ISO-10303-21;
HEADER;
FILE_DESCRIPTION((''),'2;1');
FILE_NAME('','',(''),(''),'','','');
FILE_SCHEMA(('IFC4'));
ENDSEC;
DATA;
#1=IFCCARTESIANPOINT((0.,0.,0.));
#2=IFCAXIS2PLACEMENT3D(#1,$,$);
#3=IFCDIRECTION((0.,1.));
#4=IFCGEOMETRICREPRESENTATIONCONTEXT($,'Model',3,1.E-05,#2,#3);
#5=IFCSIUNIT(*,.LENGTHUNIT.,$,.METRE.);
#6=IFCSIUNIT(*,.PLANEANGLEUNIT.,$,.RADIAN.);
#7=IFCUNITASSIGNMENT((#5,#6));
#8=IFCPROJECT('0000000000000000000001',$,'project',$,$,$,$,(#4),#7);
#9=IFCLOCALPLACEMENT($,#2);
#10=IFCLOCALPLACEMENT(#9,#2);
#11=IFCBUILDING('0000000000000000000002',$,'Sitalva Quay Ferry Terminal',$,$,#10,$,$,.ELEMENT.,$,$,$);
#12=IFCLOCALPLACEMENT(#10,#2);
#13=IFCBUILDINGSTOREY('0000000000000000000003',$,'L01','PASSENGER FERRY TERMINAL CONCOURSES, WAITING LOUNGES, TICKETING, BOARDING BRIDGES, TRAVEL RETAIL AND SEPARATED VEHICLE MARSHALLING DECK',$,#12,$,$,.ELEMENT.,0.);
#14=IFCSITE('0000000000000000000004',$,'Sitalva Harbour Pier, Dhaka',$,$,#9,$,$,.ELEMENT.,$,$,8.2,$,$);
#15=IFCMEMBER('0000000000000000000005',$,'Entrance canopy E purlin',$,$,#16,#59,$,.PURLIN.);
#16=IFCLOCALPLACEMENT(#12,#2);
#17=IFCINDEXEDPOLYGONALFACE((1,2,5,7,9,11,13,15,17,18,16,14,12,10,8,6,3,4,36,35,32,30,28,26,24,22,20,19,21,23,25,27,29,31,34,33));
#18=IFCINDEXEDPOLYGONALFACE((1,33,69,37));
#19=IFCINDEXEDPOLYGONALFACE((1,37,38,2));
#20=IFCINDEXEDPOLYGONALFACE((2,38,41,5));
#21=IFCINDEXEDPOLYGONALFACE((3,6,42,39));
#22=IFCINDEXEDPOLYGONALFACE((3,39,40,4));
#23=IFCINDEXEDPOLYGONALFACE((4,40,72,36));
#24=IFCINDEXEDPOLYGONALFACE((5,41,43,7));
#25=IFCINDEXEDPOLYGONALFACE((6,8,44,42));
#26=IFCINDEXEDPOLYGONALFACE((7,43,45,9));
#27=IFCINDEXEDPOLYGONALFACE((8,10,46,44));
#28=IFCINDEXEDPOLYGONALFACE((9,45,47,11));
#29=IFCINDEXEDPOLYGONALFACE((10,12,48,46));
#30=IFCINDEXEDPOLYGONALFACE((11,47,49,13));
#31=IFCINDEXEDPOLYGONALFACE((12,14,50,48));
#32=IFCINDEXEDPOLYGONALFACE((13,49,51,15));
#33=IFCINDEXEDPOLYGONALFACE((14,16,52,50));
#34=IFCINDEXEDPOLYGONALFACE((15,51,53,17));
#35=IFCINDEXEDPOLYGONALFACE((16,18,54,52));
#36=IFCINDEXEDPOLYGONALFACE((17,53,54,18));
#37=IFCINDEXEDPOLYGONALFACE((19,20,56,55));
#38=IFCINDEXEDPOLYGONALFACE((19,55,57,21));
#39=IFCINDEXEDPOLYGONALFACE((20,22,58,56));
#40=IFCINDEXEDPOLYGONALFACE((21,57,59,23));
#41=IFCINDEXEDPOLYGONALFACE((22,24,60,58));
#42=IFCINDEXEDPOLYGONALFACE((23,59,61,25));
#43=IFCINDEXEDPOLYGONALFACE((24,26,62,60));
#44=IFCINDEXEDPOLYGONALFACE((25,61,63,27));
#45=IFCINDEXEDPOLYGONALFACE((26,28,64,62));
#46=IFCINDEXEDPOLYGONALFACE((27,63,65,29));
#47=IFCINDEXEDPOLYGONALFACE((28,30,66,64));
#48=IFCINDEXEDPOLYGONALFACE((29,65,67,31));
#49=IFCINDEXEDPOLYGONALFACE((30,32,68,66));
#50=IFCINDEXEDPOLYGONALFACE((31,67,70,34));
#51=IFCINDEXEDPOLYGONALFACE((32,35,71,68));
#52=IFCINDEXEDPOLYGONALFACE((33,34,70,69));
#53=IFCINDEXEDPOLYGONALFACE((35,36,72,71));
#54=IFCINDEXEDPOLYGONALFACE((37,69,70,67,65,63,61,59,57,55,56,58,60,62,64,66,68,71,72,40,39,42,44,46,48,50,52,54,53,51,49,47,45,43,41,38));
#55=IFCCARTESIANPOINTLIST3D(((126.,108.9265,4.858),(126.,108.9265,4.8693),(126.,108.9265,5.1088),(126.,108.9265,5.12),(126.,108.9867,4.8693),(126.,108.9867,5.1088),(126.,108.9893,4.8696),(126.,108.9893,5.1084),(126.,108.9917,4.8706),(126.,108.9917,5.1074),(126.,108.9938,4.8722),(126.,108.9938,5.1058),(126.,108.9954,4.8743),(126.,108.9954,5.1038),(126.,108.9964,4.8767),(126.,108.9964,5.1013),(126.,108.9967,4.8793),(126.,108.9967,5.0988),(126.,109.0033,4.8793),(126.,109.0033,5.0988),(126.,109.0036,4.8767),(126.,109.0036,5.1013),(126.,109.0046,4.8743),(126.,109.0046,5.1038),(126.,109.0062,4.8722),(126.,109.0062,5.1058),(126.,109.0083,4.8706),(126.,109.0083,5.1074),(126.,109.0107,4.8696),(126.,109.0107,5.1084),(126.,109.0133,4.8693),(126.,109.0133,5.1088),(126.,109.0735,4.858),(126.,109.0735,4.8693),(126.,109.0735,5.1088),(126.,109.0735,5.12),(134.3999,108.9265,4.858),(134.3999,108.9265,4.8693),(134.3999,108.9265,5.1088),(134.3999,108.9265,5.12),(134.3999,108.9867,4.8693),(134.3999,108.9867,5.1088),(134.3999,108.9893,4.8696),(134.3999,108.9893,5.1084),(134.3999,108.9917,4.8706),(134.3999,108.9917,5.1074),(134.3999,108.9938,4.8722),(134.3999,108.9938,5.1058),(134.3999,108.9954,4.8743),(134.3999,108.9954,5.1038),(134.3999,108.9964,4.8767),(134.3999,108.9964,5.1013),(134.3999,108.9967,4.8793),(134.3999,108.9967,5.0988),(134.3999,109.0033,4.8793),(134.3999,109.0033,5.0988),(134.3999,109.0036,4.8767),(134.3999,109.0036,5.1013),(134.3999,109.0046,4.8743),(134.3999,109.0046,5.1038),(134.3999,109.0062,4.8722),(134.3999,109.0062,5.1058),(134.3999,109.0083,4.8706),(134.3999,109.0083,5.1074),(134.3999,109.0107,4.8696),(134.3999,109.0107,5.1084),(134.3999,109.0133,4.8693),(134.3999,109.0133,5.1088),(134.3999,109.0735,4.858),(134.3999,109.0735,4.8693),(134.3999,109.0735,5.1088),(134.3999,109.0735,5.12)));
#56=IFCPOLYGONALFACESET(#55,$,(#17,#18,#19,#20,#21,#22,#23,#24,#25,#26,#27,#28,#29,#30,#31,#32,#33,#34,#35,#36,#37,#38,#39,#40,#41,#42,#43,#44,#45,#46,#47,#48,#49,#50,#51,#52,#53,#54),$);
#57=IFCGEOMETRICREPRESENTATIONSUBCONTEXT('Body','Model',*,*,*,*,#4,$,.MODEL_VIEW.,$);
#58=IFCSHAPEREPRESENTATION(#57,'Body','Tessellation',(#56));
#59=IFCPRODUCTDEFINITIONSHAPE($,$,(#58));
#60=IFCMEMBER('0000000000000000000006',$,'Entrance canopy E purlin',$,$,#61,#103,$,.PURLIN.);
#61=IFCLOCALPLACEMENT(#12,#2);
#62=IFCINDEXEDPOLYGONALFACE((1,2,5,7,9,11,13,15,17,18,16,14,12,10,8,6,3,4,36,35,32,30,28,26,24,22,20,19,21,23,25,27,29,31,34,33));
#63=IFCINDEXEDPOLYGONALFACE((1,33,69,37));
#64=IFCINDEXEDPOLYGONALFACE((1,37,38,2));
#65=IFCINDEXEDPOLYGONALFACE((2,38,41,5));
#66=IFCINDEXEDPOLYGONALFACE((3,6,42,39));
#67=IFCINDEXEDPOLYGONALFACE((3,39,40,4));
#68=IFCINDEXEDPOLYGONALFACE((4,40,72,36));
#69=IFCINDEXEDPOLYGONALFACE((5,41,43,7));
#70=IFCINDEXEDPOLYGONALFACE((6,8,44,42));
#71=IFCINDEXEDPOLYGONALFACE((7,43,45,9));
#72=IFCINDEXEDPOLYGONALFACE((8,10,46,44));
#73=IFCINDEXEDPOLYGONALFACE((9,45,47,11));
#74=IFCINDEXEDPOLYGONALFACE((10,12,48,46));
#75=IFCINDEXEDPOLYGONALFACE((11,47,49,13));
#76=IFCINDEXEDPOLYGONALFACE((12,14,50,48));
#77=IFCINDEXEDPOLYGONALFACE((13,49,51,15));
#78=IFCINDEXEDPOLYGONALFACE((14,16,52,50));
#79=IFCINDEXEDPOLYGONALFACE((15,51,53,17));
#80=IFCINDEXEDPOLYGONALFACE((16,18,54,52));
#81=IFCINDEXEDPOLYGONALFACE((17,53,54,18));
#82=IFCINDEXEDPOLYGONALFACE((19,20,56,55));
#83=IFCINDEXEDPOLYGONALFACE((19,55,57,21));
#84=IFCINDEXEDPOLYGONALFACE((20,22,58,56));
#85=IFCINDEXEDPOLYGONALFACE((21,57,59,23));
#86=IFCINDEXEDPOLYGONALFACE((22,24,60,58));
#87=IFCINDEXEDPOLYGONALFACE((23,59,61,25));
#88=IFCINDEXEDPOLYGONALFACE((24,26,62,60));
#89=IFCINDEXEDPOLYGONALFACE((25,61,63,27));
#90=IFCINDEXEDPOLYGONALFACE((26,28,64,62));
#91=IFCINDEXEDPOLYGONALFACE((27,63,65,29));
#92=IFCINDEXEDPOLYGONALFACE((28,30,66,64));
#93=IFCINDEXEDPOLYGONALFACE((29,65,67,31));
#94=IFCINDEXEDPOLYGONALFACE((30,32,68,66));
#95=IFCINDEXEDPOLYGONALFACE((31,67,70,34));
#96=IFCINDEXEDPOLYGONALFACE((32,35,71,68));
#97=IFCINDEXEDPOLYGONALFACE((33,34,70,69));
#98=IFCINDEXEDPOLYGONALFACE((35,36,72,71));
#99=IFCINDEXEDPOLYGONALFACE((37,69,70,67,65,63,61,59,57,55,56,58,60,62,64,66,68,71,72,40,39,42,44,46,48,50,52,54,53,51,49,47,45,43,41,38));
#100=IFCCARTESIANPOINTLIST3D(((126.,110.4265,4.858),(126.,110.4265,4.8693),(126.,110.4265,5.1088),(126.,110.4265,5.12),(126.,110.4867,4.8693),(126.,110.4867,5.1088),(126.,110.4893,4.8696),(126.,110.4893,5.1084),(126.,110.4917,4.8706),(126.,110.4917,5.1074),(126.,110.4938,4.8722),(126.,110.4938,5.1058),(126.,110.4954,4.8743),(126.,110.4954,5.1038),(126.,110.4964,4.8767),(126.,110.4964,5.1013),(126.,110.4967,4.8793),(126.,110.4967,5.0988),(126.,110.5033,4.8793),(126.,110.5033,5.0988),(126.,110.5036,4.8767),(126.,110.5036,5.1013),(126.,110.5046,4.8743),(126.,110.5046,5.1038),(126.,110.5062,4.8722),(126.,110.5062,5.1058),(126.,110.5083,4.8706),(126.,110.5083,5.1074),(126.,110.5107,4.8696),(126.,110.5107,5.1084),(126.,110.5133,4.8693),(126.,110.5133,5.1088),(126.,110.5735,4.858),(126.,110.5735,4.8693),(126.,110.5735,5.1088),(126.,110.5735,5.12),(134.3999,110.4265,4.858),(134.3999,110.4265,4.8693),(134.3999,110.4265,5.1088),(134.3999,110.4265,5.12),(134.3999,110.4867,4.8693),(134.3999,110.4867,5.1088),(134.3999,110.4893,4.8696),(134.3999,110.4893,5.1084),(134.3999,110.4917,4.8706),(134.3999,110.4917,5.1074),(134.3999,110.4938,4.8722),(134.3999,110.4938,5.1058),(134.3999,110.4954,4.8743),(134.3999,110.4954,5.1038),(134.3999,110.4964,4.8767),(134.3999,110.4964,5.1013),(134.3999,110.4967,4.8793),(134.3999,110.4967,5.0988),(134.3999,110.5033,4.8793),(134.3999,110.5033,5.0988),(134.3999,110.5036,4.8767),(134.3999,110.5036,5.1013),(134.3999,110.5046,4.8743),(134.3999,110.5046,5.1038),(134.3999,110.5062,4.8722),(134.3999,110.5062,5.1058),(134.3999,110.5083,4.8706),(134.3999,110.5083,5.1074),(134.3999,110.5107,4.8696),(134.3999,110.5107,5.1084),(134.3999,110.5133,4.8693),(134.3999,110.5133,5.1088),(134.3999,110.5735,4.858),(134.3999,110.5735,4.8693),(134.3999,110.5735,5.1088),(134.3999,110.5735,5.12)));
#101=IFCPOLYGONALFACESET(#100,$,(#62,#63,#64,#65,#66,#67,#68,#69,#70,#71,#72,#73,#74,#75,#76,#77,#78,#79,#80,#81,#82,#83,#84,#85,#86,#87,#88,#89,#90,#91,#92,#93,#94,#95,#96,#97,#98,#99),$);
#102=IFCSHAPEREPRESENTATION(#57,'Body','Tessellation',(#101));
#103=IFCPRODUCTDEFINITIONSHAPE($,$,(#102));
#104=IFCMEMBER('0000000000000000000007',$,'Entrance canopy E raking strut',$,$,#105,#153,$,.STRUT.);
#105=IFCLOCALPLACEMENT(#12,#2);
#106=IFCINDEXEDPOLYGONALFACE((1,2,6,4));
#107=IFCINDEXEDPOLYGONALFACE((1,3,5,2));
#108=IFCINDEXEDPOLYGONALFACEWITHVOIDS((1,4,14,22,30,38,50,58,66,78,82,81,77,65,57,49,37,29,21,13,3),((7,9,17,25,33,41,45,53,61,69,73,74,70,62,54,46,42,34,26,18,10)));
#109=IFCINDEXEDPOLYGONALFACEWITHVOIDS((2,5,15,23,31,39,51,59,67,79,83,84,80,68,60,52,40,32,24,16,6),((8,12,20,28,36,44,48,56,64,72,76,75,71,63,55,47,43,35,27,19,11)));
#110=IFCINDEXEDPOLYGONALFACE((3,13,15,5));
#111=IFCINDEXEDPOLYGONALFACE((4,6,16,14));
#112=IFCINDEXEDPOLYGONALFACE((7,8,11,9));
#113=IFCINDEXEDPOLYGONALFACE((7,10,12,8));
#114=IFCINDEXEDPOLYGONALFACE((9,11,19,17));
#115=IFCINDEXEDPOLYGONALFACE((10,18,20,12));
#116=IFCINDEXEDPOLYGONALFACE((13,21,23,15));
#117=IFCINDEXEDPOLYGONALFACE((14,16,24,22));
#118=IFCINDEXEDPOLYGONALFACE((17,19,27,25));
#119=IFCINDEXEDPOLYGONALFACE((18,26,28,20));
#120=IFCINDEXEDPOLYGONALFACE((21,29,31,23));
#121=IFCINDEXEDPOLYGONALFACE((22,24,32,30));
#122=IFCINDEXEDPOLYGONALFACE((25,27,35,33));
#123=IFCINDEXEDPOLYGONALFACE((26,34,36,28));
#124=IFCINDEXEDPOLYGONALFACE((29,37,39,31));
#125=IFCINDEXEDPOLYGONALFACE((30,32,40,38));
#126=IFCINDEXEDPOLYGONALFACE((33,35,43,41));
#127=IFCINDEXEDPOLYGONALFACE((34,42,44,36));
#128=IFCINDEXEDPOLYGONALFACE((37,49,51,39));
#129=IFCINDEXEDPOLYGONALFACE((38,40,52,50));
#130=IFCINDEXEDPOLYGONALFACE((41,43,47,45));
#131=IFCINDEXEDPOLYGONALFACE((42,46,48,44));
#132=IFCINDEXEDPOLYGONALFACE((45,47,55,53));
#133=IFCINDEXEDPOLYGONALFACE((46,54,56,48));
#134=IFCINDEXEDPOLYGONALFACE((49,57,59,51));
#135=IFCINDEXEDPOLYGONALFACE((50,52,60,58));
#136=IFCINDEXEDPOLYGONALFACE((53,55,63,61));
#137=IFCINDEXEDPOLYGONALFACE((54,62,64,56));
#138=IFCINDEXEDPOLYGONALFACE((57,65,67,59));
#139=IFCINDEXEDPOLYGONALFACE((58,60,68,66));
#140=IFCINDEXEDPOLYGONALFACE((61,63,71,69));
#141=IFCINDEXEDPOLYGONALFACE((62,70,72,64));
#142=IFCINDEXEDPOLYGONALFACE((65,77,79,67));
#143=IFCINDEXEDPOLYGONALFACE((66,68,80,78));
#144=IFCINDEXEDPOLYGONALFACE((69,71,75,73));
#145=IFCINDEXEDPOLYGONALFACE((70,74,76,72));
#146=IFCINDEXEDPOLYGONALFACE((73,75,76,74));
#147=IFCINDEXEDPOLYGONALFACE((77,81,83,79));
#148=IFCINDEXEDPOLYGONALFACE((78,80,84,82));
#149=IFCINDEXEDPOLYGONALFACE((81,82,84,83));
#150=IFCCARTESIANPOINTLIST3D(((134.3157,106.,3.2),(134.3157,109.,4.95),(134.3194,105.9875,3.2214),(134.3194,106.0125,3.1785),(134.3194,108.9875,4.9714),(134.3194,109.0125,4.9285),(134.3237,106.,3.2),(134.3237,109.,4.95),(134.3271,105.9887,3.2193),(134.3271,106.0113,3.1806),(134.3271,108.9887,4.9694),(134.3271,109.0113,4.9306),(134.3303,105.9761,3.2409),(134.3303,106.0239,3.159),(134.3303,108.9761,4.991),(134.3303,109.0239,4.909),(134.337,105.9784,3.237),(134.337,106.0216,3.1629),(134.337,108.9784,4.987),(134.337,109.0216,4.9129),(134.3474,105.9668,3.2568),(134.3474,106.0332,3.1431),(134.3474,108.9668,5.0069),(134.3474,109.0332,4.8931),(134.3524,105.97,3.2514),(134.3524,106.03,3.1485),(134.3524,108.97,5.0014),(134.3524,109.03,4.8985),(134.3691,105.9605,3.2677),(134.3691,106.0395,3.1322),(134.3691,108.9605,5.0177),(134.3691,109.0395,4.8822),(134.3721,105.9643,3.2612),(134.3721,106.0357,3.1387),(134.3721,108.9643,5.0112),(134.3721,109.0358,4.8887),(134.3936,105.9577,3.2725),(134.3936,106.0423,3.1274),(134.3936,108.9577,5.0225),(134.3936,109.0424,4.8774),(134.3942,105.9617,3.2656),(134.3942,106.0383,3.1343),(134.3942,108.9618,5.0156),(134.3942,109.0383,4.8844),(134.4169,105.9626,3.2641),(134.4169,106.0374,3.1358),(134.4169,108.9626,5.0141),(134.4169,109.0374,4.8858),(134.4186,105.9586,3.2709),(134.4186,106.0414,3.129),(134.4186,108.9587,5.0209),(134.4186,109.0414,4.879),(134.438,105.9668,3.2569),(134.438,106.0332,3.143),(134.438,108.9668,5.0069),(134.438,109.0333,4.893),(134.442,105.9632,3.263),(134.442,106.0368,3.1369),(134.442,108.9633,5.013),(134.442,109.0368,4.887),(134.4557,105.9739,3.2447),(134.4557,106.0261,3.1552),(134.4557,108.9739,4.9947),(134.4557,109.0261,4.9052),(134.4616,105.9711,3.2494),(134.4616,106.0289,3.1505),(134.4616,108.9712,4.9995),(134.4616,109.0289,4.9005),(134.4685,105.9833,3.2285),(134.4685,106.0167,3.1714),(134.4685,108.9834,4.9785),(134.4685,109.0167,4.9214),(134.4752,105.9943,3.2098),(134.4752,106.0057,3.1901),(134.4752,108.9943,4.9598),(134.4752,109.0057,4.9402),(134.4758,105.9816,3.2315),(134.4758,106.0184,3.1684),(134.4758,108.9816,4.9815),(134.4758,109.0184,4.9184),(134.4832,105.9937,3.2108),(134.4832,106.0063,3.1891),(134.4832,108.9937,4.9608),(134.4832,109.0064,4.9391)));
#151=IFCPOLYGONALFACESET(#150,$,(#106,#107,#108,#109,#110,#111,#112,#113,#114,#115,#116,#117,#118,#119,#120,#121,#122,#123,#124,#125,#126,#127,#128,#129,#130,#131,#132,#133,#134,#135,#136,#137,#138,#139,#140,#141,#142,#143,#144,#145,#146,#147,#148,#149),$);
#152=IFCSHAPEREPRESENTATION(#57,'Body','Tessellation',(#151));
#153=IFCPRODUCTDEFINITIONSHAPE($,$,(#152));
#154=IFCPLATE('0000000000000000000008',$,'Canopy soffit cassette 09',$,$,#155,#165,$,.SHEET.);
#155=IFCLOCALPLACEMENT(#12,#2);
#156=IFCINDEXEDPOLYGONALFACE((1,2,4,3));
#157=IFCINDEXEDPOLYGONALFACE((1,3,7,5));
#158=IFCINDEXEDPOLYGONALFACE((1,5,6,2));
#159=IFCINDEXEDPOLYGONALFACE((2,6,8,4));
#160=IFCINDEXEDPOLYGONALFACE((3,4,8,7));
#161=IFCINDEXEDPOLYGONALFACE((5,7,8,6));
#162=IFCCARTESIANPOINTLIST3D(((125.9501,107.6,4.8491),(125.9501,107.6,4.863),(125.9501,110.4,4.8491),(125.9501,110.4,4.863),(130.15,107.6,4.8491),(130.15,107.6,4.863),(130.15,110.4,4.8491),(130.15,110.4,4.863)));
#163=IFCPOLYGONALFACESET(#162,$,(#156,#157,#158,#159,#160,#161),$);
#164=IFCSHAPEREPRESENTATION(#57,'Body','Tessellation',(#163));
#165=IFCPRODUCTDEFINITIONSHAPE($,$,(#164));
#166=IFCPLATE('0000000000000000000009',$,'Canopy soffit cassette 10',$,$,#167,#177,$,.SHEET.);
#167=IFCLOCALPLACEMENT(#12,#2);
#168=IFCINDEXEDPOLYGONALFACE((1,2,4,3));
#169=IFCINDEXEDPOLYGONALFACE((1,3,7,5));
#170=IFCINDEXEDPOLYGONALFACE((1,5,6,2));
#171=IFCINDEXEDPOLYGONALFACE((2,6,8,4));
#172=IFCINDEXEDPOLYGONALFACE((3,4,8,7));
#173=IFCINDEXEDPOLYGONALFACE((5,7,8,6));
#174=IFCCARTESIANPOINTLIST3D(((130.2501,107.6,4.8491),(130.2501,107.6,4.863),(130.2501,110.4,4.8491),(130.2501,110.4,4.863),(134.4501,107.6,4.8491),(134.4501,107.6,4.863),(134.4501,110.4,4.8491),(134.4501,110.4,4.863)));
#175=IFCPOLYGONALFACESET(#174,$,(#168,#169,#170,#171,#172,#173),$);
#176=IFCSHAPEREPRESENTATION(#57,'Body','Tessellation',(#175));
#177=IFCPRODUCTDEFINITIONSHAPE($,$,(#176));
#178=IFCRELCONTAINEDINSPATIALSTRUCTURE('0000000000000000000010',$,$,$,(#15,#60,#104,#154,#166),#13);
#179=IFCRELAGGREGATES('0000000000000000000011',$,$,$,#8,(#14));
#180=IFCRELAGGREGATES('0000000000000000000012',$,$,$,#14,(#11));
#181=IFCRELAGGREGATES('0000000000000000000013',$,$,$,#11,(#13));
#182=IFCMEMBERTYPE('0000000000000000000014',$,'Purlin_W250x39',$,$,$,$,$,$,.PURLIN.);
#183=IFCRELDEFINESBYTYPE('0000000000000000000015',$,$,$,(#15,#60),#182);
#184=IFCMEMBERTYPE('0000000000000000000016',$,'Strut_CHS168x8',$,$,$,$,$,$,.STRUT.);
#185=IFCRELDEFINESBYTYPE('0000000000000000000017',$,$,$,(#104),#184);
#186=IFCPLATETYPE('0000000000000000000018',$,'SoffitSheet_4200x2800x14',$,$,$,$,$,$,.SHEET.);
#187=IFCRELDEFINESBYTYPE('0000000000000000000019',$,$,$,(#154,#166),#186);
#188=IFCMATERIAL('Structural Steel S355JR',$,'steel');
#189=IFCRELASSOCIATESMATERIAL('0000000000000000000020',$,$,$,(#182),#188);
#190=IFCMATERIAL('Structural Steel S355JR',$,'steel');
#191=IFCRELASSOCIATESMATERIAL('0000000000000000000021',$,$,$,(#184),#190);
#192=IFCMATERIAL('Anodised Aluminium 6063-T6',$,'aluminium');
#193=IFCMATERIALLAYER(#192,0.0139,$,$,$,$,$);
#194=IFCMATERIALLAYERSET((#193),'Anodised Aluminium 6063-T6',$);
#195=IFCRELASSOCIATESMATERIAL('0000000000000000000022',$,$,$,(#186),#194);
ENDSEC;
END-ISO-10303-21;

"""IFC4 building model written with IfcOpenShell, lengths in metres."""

from ifc_helpers import new_model, si_unit, direction, frame, origin, origin_2d, place, context, subcontext, project, spatial, rectangle, hollow_circle, i_section, extrude, material, layer, layer_set, material_profile, profile_set, type_object, element, save


model = new_model("IFC4")

# Units and contexts
model_context = context("Model", 3, precision=1e-05, world=origin(), true_north=direction((0.0, 1.0)))
body_context = subcontext(model_context, "Body", "Model", "MODEL_VIEW")
ifc_project = project(units=[si_unit("LENGTHUNIT", "METRE"), si_unit("PLANEANGLEUNIT", "RADIAN")], contexts=[model_context])

# Site, building, storey
site_placement = place(None, origin())
site = spatial("IfcSite", under=ifc_project, at=site_placement, Name="Sitalva Harbour Pier, Dhaka", CompositionType="ELEMENT", RefElevation=8.2)
building_placement = place(site_placement, origin())
building = spatial("IfcBuilding", under=site, at=building_placement, Name="Sitalva Quay Ferry Terminal", CompositionType="ELEMENT")
storey_placement = place(building_placement, origin())
storey = spatial("IfcBuildingStorey", under=building, at=storey_placement, Name="L01", Description="PASSENGER FERRY TERMINAL CONCOURSES, WAITING LOUNGES, TICKETING, BOARDING BRIDGES, TRAVEL RETAIL AND SEPARATED VEHICLE MARSHALLING DECK", CompositionType="ELEMENT", Elevation=0.0)

# Members
ifc_material_1 = material(Name="Structural Steel S355JR", Category="steel")
ifc_material_profile_1 = material_profile(ifc_material_1, i_section(OverallWidth=0.147, OverallDepth=0.262, WebThickness=0.0066, FlangeThickness=0.0112, FilletRadius=0.01, at=origin_2d()), Name="W250x39")
ifc_profile_set_1 = profile_set([ifc_material_profile_1], Name="Structural Steel S355JR")
member_type_1 = type_object("IfcMemberType", Name="Purlin_W250x39", PredefinedType="PURLIN", material=ifc_profile_set_1)
for number, where, z_axis, x_axis, name in (
    (1, (126.0, 109.0, 4.989), (1.0, 0.0, 0.0), (0.0, 1.0, 0.0), "Entrance canopy E purlin"),
    (2, (126.0, 110.5, 4.989), (1.0, 0.0, 0.0), (0.0, 1.0, 0.0), "Entrance canopy E purlin"),
):
    element("IfcMember", number, at=place(storey_placement, frame(where, z_axis=z_axis, x_axis=x_axis)), inside=storey, type_object=member_type_1, Name=name, PredefinedType="PURLIN", context=body_context, shape_type="SweptSolid", body=[
        extrude(i_section(OverallWidth=0.147, OverallDepth=0.262, WebThickness=0.0066, FlangeThickness=0.0112, FilletRadius=0.01, at=origin_2d()), origin(), (0.0, 0.0, 1.0), 8.3999),
    ])
ifc_material_2 = material(Name="Structural Steel S355JR", Category="steel")
ifc_material_profile_2 = material_profile(ifc_material_2, hollow_circle(Radius=0.0842, WallThickness=0.0081, at=origin_2d()), Name="CHS168x8")
ifc_profile_set_2 = profile_set([ifc_material_profile_2], Name="Structural Steel S355JR")
member_type_2 = type_object("IfcMemberType", Name="Strut_CHS168x8", PredefinedType="STRUT", material=ifc_profile_set_2)
member_placement = place(storey_placement, frame((134.3999, 106.0, 3.2), z_axis=(0.0, 0.863779, 0.503871), x_axis=(-1.0, 0.0, 0.0)))
element("IfcMember", 3, at=member_placement, inside=storey, type_object=member_type_2, Name="Entrance canopy E raking strut", PredefinedType="STRUT", context=body_context, shape_type="SweptSolid", body=[
    extrude(hollow_circle(Radius=0.0842, WallThickness=0.0081, at=origin_2d()), origin(), (0.0, 0.0, 1.0), 3.4731),
])

# Plates
ifc_material_3 = material(Name="Anodised Aluminium 6063-T6", Category="aluminium")
ifc_layer = layer(ifc_material_3, 0.0139)
ifc_layer_set = layer_set([ifc_layer], Name="Anodised Aluminium 6063-T6")
plate_type = type_object("IfcPlateType", Name="SoffitSheet_4200x2800x14", PredefinedType="SHEET", material=ifc_layer_set)
for number, where, z_axis, x_axis, name in (
    (4, (128.05, 109.0, 4.8491), (0.0, 0.0, 1.0), (1.0, 0.0, 0.0), "Canopy soffit cassette 09"),
    (5, (132.3501, 109.0, 4.8491), (0.0, 0.0, 1.0), (1.0, 0.0, 0.0), "Canopy soffit cassette 10"),
):
    element("IfcPlate", number, at=place(storey_placement, frame(where, z_axis=z_axis, x_axis=x_axis)), inside=storey, type_object=plate_type, Name=name, PredefinedType="SHEET", context=body_context, shape_type="SweptSolid", body=[
        extrude(rectangle(XDim=4.2, YDim=2.8, at=origin_2d()), origin(), (0.0, 0.0, 1.0), 0.0139),
    ])

save(model, "model.ifc")
